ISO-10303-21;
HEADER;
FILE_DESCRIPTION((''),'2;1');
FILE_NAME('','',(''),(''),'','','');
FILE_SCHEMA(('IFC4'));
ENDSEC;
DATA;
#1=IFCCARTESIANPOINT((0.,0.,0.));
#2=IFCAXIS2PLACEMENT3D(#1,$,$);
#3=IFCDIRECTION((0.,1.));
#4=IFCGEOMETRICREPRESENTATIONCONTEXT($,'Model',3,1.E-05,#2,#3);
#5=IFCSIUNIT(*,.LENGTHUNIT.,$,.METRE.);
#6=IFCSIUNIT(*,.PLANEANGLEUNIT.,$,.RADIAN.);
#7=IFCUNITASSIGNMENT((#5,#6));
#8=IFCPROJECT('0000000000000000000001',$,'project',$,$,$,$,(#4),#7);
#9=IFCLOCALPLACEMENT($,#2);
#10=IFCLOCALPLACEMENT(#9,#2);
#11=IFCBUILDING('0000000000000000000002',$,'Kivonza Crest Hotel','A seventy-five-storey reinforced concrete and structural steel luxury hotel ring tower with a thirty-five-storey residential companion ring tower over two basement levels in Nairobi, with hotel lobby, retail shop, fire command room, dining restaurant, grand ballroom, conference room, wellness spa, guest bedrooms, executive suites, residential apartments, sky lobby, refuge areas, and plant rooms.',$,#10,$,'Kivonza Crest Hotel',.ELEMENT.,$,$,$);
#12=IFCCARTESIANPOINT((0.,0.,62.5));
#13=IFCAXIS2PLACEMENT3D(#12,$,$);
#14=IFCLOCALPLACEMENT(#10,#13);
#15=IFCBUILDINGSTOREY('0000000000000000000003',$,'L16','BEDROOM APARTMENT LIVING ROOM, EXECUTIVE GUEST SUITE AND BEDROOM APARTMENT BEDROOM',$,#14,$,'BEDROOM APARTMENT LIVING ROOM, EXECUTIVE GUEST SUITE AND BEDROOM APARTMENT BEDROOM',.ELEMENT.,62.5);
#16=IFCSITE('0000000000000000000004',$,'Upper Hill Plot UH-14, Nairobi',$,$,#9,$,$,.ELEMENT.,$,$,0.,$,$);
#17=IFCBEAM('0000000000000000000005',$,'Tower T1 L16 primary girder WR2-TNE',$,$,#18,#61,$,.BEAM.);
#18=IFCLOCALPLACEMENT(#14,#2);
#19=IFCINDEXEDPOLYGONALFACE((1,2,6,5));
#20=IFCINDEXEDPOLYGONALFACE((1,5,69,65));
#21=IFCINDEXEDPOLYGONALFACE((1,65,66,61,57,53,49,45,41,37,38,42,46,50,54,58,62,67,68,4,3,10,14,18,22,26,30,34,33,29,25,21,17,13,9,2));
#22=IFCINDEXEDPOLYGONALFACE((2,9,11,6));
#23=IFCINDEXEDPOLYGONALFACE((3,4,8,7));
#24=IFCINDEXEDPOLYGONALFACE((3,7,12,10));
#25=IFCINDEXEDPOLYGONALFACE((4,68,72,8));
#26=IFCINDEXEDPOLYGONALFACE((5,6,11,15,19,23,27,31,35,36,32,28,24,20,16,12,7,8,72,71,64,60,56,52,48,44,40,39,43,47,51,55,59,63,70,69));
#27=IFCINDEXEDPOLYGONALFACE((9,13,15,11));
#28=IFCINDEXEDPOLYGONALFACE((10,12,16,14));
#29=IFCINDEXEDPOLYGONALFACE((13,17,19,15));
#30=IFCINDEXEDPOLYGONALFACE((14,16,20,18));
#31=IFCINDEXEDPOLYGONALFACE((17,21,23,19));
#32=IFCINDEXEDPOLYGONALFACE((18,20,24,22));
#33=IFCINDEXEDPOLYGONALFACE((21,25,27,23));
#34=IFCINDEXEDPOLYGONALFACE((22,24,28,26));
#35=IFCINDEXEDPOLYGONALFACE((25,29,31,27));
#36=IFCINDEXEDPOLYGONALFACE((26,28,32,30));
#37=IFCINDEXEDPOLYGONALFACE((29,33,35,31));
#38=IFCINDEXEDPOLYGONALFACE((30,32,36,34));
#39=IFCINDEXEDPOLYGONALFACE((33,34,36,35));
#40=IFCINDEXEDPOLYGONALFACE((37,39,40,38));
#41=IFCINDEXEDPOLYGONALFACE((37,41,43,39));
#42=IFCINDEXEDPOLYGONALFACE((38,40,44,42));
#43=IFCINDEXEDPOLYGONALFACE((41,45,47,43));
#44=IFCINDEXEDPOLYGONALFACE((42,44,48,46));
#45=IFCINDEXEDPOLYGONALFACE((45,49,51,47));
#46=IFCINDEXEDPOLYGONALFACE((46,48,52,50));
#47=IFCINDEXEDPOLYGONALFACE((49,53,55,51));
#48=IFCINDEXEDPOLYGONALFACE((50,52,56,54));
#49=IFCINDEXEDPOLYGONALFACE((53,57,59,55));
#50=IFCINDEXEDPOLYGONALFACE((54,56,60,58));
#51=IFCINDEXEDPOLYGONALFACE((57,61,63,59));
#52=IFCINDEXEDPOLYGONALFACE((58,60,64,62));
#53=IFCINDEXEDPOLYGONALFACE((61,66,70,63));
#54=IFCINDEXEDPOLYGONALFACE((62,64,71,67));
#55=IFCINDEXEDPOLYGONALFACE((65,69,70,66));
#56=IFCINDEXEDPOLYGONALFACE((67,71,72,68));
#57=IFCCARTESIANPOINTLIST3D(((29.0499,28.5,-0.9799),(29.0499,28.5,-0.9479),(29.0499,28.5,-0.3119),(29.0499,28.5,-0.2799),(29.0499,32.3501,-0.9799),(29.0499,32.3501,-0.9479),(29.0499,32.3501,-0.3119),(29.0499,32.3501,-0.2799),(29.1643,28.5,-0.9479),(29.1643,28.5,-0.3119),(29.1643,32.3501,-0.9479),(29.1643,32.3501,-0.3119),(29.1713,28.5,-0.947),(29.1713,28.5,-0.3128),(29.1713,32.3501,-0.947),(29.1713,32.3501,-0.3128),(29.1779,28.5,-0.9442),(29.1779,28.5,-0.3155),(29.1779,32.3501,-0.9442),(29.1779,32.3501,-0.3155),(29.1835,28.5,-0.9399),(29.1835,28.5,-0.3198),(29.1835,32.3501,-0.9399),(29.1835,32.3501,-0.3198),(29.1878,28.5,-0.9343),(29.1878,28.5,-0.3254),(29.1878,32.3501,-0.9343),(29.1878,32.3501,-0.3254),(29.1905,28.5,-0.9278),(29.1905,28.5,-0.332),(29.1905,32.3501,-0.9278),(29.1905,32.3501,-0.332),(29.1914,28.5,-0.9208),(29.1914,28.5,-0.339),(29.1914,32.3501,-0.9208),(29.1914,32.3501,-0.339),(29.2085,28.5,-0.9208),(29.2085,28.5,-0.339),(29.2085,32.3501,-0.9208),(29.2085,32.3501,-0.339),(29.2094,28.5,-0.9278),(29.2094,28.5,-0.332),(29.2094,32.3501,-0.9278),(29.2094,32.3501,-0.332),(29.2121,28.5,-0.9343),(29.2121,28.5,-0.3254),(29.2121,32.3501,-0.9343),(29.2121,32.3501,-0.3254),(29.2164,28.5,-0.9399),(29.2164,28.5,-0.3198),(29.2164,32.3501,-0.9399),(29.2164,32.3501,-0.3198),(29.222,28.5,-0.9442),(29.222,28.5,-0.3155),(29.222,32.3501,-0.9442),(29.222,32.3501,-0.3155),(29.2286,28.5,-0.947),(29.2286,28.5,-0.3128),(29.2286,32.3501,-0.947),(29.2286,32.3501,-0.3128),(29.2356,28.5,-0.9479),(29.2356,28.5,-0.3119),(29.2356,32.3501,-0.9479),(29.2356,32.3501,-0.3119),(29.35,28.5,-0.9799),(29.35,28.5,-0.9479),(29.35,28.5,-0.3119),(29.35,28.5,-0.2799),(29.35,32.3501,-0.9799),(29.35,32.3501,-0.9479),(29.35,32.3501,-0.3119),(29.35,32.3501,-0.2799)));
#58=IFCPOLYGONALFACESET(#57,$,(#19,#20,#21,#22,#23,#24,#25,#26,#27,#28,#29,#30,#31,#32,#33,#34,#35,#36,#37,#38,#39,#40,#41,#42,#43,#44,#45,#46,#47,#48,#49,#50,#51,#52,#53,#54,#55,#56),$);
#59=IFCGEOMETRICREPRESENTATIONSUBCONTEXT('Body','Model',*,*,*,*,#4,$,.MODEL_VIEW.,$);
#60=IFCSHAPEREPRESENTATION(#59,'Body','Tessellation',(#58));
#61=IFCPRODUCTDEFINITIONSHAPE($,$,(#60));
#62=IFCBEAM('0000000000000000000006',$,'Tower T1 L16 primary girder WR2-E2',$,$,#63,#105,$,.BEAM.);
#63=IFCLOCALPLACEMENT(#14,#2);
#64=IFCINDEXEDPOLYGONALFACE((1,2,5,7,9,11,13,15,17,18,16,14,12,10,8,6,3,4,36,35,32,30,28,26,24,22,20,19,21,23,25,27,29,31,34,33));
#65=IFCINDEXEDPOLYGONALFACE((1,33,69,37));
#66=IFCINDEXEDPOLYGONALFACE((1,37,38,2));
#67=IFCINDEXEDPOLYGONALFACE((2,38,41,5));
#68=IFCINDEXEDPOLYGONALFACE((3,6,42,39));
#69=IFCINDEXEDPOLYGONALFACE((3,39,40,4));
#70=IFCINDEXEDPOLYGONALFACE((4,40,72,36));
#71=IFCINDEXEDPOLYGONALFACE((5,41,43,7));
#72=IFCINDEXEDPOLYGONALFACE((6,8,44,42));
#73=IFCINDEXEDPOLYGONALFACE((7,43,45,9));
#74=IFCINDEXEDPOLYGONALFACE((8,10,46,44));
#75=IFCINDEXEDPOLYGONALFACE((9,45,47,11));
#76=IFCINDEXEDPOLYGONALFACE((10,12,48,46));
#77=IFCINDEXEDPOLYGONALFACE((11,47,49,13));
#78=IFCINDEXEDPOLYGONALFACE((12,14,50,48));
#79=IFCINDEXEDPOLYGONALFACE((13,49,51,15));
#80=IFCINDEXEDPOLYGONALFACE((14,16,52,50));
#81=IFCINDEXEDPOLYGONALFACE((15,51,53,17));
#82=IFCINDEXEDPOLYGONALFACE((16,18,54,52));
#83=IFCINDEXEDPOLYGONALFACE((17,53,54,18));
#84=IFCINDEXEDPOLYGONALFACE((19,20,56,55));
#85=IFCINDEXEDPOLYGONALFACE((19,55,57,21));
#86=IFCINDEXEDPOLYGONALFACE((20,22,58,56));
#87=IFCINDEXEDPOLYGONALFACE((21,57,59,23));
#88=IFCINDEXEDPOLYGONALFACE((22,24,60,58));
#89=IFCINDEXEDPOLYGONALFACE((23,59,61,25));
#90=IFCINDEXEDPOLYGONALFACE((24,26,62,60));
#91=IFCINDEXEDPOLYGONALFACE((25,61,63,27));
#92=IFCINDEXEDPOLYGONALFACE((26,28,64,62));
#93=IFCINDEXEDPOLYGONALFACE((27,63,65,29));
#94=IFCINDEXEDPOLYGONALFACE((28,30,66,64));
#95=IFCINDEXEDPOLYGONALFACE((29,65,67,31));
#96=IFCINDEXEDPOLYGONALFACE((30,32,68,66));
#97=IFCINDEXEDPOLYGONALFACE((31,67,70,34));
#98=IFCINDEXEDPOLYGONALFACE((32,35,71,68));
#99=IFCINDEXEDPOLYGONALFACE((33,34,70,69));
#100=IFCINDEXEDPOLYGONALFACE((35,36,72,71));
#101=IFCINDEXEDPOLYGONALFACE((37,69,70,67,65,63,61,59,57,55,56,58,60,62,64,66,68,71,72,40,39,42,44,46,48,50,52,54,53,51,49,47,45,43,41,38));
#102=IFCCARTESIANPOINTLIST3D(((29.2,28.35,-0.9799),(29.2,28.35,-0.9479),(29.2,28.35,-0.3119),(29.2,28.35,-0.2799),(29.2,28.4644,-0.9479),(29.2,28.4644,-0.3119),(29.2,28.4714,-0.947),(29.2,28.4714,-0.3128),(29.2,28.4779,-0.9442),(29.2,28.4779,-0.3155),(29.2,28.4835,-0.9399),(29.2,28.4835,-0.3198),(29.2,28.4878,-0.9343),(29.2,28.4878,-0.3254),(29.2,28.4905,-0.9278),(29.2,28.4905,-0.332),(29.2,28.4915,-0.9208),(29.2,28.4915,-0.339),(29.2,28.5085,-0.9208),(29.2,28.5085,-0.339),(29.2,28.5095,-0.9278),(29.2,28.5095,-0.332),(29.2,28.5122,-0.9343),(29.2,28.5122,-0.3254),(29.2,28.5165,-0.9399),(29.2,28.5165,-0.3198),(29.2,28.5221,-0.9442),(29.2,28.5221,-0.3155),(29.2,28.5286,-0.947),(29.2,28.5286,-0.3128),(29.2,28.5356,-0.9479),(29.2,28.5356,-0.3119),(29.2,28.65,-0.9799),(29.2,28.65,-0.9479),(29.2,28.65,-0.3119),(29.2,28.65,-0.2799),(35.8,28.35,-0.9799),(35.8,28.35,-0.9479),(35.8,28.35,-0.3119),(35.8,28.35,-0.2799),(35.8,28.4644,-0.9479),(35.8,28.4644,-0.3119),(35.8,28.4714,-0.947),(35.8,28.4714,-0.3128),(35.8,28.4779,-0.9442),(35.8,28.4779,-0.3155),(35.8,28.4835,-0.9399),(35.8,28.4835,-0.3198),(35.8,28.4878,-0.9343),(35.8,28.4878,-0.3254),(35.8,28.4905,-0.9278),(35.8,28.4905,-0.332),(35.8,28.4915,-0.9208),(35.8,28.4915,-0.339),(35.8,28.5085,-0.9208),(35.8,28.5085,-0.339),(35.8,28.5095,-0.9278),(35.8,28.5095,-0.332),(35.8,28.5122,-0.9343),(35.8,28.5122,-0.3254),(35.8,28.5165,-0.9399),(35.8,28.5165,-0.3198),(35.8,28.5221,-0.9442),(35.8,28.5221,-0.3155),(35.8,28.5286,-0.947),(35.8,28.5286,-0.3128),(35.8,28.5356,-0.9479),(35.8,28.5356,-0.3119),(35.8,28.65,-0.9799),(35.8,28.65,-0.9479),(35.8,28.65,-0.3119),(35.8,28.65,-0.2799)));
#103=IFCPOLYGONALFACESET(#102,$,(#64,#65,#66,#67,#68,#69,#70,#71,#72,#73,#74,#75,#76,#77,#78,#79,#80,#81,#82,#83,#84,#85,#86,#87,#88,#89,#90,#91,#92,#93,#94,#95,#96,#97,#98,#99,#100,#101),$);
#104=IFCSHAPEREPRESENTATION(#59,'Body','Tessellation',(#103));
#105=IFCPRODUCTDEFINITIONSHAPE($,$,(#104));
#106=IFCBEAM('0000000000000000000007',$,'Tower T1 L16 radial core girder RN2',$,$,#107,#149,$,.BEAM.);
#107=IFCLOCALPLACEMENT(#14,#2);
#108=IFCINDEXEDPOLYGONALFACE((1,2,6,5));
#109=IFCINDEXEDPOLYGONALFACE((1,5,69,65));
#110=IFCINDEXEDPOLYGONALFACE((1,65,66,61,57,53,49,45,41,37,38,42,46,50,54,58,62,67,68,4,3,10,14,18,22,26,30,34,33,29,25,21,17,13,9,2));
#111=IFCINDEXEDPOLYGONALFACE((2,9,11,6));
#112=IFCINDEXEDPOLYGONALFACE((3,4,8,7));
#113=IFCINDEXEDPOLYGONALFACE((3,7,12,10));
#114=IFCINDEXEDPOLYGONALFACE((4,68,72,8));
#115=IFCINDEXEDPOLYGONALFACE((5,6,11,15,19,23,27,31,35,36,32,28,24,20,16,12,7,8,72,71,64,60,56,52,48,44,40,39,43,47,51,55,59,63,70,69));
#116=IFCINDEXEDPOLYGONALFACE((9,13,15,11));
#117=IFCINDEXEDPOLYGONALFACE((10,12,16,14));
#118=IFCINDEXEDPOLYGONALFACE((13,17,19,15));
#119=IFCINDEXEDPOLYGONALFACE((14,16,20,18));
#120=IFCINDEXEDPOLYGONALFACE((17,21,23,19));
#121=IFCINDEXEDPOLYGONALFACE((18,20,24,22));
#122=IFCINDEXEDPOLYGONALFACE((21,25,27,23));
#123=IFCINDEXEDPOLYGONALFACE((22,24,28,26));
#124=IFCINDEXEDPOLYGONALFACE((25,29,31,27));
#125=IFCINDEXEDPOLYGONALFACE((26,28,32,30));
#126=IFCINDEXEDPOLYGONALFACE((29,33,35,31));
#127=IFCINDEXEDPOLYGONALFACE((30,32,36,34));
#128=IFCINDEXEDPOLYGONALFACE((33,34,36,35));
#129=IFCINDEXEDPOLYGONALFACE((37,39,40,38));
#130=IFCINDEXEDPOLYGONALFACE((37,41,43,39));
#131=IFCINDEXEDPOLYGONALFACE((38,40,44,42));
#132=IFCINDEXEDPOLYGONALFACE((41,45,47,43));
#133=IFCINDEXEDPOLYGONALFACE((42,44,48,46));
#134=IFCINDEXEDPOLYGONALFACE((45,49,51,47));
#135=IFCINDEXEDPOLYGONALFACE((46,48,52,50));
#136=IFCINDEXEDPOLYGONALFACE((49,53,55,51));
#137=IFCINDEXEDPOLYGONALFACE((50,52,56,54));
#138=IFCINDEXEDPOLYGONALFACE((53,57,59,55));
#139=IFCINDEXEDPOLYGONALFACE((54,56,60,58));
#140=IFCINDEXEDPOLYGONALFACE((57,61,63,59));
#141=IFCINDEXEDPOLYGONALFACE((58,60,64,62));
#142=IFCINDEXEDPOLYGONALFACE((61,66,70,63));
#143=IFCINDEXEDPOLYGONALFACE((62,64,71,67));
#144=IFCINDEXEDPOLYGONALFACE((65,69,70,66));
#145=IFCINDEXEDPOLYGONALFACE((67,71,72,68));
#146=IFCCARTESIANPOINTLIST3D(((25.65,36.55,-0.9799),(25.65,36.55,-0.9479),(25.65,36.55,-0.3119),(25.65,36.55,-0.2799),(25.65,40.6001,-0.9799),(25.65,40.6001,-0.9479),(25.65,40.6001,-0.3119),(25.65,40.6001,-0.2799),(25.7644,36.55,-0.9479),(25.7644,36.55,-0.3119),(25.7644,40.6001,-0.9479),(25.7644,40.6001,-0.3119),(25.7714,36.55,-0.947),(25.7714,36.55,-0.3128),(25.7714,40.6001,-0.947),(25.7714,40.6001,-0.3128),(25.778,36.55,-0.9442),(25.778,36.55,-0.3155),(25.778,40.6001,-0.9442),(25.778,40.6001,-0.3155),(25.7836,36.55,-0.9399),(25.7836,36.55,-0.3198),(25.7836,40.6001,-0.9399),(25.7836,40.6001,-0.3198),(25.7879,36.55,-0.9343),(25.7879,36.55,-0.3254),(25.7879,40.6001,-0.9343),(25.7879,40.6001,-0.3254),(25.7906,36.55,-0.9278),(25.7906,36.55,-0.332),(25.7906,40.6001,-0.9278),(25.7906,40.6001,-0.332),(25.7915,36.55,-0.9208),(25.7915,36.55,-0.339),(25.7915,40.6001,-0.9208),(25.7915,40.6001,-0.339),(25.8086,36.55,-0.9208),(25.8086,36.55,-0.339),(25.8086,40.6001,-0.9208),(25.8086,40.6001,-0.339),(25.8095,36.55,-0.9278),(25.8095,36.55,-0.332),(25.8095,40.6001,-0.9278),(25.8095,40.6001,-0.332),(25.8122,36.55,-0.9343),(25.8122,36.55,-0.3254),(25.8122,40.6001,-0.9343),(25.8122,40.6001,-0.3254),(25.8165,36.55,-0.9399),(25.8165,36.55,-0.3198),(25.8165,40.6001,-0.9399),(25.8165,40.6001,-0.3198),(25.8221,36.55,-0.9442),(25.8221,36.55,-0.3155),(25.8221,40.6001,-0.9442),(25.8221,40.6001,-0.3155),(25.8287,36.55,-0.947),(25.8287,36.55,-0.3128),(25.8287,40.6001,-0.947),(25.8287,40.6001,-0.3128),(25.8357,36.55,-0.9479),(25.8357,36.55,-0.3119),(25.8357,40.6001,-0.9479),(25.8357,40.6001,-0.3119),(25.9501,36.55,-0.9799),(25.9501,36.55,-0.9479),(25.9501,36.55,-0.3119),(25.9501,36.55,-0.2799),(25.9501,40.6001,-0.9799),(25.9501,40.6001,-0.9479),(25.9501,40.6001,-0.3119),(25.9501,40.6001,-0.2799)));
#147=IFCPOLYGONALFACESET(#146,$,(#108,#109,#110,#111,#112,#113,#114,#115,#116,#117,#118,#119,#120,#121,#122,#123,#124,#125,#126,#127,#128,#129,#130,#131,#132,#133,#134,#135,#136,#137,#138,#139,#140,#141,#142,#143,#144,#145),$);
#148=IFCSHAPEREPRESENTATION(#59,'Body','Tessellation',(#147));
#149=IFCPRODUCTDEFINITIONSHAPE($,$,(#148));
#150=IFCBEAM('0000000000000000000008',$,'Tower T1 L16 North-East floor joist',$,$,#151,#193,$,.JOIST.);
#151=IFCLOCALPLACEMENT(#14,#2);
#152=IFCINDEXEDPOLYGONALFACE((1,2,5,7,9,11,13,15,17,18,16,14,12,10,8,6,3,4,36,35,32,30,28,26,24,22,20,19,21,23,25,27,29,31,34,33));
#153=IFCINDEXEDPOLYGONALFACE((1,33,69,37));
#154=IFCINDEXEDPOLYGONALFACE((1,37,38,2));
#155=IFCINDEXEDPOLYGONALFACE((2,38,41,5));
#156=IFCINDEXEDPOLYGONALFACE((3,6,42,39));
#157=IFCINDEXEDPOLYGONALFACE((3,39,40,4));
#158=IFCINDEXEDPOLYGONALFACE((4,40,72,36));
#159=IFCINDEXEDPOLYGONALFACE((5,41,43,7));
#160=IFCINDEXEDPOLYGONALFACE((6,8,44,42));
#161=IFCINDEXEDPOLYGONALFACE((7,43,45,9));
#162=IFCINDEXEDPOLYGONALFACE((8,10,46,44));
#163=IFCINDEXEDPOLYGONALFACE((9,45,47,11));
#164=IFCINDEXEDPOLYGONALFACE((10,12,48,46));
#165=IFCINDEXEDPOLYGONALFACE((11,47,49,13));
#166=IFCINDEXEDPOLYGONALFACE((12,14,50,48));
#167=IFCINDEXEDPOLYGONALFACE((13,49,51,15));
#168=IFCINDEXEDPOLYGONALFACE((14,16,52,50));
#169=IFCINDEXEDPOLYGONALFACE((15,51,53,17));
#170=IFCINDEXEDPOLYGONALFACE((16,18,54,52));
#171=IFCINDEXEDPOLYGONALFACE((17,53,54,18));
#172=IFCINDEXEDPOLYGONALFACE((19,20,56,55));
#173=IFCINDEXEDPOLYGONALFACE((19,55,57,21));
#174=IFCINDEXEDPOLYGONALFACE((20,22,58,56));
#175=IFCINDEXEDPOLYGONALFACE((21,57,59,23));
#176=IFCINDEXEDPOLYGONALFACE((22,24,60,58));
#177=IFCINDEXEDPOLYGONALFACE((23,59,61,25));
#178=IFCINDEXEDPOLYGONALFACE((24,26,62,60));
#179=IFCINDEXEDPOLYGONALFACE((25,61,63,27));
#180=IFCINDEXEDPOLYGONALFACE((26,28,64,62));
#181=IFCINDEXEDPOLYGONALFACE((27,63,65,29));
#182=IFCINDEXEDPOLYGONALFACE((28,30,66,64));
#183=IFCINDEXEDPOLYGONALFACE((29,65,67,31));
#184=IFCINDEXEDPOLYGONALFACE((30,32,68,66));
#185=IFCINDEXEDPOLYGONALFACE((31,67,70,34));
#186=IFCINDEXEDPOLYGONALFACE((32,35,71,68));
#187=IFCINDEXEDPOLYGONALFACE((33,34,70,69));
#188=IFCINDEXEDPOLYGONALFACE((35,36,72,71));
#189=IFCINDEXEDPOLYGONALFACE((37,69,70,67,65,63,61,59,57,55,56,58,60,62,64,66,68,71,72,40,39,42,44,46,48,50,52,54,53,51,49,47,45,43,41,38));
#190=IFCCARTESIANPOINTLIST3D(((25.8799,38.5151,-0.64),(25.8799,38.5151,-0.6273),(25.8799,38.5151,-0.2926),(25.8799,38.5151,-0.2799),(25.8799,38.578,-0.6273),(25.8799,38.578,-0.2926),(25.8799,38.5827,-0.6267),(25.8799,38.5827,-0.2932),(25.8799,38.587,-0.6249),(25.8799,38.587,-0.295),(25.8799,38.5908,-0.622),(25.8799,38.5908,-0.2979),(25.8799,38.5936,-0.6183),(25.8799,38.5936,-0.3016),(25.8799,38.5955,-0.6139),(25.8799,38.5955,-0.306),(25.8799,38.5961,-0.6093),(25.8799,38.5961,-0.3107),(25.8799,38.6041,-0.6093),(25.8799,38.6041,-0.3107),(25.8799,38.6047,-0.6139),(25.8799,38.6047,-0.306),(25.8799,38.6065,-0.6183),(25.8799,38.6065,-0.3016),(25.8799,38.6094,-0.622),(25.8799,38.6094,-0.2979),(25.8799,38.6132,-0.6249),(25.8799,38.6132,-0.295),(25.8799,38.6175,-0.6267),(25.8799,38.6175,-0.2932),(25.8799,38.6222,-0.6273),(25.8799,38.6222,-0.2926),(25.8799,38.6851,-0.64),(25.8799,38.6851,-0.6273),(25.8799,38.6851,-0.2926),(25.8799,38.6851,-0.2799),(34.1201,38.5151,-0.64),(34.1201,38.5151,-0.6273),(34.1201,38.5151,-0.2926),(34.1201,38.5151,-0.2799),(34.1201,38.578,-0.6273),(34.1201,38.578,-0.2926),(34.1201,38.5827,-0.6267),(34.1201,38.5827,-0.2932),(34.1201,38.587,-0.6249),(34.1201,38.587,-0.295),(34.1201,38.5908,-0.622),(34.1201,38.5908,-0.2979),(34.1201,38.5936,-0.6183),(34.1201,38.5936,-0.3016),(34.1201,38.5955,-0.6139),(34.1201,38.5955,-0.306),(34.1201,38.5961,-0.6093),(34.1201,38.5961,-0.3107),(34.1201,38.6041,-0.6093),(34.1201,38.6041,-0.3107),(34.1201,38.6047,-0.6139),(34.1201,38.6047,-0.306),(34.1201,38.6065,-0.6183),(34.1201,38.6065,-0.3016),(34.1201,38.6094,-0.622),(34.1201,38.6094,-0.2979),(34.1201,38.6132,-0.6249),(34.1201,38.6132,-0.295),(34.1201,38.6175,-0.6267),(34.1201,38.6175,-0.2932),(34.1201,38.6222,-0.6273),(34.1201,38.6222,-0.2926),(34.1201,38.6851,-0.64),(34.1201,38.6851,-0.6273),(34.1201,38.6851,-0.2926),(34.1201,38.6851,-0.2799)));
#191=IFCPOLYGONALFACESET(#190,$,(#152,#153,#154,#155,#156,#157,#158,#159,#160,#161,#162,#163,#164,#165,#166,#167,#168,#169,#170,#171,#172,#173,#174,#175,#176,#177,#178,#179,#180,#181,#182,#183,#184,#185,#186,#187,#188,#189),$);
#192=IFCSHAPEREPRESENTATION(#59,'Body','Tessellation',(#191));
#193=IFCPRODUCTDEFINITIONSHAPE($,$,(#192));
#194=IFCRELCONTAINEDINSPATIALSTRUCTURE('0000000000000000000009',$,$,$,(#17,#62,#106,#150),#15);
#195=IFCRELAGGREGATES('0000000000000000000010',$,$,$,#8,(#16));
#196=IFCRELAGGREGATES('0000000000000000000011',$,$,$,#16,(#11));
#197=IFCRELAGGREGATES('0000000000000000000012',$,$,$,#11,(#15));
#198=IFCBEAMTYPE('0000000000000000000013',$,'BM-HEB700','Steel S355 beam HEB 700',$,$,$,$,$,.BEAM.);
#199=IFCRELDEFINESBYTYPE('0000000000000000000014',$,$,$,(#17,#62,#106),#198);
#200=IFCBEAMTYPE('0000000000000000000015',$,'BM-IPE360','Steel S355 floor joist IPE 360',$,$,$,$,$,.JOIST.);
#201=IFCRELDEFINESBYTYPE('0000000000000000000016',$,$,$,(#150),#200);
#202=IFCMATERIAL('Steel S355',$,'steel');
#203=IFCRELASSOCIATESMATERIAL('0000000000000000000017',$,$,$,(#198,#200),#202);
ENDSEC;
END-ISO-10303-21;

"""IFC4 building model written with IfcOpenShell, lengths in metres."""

from ifc_helpers import new_model, si_unit, direction, frame, origin, origin_2d, place, context, subcontext, project, spatial, i_section, extrude, material, material_profile, profile_set, type_object, element, save


model = new_model("IFC4")

# Units and contexts
model_context = context("Model", 3, precision=1e-05, world=origin(), true_north=direction((0.0, 1.0)))
body_context = subcontext(model_context, "Body", "Model", "MODEL_VIEW")
ifc_project = project(units=[si_unit("LENGTHUNIT", "METRE"), si_unit("PLANEANGLEUNIT", "RADIAN")], contexts=[model_context])

# Site, building, storey
site_placement = place(None, origin())
site = spatial("IfcSite", under=ifc_project, at=site_placement, Name="Upper Hill Plot UH-14, Nairobi", CompositionType="ELEMENT", RefElevation=0.0)
building_placement = place(site_placement, origin())
building = spatial("IfcBuilding", under=site, at=building_placement, Name="Kivonza Crest Hotel", Description="A seventy-five-storey reinforced concrete and structural steel luxury hotel ring tower with a thirty-five-storey residential companion ring tower over two basement levels in Nairobi, with hotel lobby, retail shop, fire command room, dining restaurant, grand ballroom, conference room, wellness spa, guest bedrooms, executive suites, residential apartments, sky lobby, refuge areas, and plant rooms.", LongName="Kivonza Crest Hotel", CompositionType="ELEMENT")
storey_placement = place(building_placement, frame((0.0, 0.0, 62.5)))
storey = spatial("IfcBuildingStorey", under=building, at=storey_placement, Name="L16", Description="BEDROOM APARTMENT LIVING ROOM, EXECUTIVE GUEST SUITE AND BEDROOM APARTMENT BEDROOM", LongName="BEDROOM APARTMENT LIVING ROOM, EXECUTIVE GUEST SUITE AND BEDROOM APARTMENT BEDROOM", CompositionType="ELEMENT", Elevation=62.5)

# Beams
ifc_material_1 = material(Name="Steel S355", Category="steel")
ifc_material_profile_1 = material_profile(ifc_material_1, i_section(OverallWidth=0.3, OverallDepth=0.7, WebThickness=0.0171, FlangeThickness=0.032, FilletRadius=0.0271, at=origin_2d()), Name="HEB 700")
ifc_profile_set_1 = profile_set([ifc_material_profile_1], Name="Steel S355")
beam_type_1 = type_object("IfcBeamType", Name="BM-HEB700", Description="Steel S355 beam HEB 700", PredefinedType="BEAM", material=ifc_profile_set_1)
beam_1_placement = place(storey_placement, frame((29.2, 28.5, -0.6299), z_axis=(0.0, 1.0, 0.0), x_axis=(-1.0, 0.0, 0.0)))
element("IfcBeam", 1, at=beam_1_placement, inside=storey, type_object=beam_type_1, Name="Tower T1 L16 primary girder WR2-TNE", PredefinedType="BEAM", context=body_context, shape_type="SweptSolid", body=[
    extrude(i_section(OverallWidth=0.3, OverallDepth=0.7, WebThickness=0.0171, FlangeThickness=0.032, FilletRadius=0.0271, at=origin_2d()), origin(), (0.0, 0.0, 1.0), 3.8501),
])
beam_2_placement = place(storey_placement, frame((29.2, 28.5, -0.6299), z_axis=(1.0, 0.0, 0.0), x_axis=(0.0, 1.0, 0.0)))
element("IfcBeam", 2, at=beam_2_placement, inside=storey, type_object=beam_type_1, Name="Tower T1 L16 primary girder WR2-E2", PredefinedType="BEAM", context=body_context, shape_type="SweptSolid", body=[
    extrude(i_section(OverallWidth=0.3, OverallDepth=0.7, WebThickness=0.0171, FlangeThickness=0.032, FilletRadius=0.0271, at=origin_2d()), origin(), (0.0, 0.0, 1.0), 6.6001),
])
beam_3_placement = place(storey_placement, frame((25.8, 40.6001, -0.6299), z_axis=(0.0, -1.0, 0.0), x_axis=(1.0, 0.0, 0.0)))
element("IfcBeam", 3, at=beam_3_placement, inside=storey, type_object=beam_type_1, Name="Tower T1 L16 radial core girder RN2", PredefinedType="BEAM", context=body_context, shape_type="SweptSolid", body=[
    extrude(i_section(OverallWidth=0.3, OverallDepth=0.7, WebThickness=0.0171, FlangeThickness=0.032, FilletRadius=0.0271, at=origin_2d()), origin(), (0.0, 0.0, 1.0), 4.05),
])
ifc_material_profile_2 = material_profile(ifc_material_1, i_section(OverallWidth=0.1699, OverallDepth=0.3601, WebThickness=0.0081, FlangeThickness=0.0127, FilletRadius=0.0181, at=origin_2d()), Name="IPE 360")
ifc_profile_set_2 = profile_set([ifc_material_profile_2], Name="Steel S355")
beam_type_2 = type_object("IfcBeamType", Name="BM-IPE360", Description="Steel S355 floor joist IPE 360", PredefinedType="JOIST", material=ifc_profile_set_2)
beam_4_placement = place(storey_placement, frame((25.8799, 38.6001, -0.46), z_axis=(1.0, 0.0, 0.0), x_axis=(0.0, 1.0, 0.0)))
element("IfcBeam", 4, at=beam_4_placement, inside=storey, type_object=beam_type_2, Name="Tower T1 L16 North-East floor joist", PredefinedType="JOIST", context=body_context, shape_type="SweptSolid", body=[
    extrude(i_section(OverallWidth=0.1699, OverallDepth=0.3601, WebThickness=0.0081, FlangeThickness=0.0127, FilletRadius=0.0181, at=origin_2d()), origin(), (0.0, 0.0, 1.0), 8.2402),
])

save(model, "model.ifc")
